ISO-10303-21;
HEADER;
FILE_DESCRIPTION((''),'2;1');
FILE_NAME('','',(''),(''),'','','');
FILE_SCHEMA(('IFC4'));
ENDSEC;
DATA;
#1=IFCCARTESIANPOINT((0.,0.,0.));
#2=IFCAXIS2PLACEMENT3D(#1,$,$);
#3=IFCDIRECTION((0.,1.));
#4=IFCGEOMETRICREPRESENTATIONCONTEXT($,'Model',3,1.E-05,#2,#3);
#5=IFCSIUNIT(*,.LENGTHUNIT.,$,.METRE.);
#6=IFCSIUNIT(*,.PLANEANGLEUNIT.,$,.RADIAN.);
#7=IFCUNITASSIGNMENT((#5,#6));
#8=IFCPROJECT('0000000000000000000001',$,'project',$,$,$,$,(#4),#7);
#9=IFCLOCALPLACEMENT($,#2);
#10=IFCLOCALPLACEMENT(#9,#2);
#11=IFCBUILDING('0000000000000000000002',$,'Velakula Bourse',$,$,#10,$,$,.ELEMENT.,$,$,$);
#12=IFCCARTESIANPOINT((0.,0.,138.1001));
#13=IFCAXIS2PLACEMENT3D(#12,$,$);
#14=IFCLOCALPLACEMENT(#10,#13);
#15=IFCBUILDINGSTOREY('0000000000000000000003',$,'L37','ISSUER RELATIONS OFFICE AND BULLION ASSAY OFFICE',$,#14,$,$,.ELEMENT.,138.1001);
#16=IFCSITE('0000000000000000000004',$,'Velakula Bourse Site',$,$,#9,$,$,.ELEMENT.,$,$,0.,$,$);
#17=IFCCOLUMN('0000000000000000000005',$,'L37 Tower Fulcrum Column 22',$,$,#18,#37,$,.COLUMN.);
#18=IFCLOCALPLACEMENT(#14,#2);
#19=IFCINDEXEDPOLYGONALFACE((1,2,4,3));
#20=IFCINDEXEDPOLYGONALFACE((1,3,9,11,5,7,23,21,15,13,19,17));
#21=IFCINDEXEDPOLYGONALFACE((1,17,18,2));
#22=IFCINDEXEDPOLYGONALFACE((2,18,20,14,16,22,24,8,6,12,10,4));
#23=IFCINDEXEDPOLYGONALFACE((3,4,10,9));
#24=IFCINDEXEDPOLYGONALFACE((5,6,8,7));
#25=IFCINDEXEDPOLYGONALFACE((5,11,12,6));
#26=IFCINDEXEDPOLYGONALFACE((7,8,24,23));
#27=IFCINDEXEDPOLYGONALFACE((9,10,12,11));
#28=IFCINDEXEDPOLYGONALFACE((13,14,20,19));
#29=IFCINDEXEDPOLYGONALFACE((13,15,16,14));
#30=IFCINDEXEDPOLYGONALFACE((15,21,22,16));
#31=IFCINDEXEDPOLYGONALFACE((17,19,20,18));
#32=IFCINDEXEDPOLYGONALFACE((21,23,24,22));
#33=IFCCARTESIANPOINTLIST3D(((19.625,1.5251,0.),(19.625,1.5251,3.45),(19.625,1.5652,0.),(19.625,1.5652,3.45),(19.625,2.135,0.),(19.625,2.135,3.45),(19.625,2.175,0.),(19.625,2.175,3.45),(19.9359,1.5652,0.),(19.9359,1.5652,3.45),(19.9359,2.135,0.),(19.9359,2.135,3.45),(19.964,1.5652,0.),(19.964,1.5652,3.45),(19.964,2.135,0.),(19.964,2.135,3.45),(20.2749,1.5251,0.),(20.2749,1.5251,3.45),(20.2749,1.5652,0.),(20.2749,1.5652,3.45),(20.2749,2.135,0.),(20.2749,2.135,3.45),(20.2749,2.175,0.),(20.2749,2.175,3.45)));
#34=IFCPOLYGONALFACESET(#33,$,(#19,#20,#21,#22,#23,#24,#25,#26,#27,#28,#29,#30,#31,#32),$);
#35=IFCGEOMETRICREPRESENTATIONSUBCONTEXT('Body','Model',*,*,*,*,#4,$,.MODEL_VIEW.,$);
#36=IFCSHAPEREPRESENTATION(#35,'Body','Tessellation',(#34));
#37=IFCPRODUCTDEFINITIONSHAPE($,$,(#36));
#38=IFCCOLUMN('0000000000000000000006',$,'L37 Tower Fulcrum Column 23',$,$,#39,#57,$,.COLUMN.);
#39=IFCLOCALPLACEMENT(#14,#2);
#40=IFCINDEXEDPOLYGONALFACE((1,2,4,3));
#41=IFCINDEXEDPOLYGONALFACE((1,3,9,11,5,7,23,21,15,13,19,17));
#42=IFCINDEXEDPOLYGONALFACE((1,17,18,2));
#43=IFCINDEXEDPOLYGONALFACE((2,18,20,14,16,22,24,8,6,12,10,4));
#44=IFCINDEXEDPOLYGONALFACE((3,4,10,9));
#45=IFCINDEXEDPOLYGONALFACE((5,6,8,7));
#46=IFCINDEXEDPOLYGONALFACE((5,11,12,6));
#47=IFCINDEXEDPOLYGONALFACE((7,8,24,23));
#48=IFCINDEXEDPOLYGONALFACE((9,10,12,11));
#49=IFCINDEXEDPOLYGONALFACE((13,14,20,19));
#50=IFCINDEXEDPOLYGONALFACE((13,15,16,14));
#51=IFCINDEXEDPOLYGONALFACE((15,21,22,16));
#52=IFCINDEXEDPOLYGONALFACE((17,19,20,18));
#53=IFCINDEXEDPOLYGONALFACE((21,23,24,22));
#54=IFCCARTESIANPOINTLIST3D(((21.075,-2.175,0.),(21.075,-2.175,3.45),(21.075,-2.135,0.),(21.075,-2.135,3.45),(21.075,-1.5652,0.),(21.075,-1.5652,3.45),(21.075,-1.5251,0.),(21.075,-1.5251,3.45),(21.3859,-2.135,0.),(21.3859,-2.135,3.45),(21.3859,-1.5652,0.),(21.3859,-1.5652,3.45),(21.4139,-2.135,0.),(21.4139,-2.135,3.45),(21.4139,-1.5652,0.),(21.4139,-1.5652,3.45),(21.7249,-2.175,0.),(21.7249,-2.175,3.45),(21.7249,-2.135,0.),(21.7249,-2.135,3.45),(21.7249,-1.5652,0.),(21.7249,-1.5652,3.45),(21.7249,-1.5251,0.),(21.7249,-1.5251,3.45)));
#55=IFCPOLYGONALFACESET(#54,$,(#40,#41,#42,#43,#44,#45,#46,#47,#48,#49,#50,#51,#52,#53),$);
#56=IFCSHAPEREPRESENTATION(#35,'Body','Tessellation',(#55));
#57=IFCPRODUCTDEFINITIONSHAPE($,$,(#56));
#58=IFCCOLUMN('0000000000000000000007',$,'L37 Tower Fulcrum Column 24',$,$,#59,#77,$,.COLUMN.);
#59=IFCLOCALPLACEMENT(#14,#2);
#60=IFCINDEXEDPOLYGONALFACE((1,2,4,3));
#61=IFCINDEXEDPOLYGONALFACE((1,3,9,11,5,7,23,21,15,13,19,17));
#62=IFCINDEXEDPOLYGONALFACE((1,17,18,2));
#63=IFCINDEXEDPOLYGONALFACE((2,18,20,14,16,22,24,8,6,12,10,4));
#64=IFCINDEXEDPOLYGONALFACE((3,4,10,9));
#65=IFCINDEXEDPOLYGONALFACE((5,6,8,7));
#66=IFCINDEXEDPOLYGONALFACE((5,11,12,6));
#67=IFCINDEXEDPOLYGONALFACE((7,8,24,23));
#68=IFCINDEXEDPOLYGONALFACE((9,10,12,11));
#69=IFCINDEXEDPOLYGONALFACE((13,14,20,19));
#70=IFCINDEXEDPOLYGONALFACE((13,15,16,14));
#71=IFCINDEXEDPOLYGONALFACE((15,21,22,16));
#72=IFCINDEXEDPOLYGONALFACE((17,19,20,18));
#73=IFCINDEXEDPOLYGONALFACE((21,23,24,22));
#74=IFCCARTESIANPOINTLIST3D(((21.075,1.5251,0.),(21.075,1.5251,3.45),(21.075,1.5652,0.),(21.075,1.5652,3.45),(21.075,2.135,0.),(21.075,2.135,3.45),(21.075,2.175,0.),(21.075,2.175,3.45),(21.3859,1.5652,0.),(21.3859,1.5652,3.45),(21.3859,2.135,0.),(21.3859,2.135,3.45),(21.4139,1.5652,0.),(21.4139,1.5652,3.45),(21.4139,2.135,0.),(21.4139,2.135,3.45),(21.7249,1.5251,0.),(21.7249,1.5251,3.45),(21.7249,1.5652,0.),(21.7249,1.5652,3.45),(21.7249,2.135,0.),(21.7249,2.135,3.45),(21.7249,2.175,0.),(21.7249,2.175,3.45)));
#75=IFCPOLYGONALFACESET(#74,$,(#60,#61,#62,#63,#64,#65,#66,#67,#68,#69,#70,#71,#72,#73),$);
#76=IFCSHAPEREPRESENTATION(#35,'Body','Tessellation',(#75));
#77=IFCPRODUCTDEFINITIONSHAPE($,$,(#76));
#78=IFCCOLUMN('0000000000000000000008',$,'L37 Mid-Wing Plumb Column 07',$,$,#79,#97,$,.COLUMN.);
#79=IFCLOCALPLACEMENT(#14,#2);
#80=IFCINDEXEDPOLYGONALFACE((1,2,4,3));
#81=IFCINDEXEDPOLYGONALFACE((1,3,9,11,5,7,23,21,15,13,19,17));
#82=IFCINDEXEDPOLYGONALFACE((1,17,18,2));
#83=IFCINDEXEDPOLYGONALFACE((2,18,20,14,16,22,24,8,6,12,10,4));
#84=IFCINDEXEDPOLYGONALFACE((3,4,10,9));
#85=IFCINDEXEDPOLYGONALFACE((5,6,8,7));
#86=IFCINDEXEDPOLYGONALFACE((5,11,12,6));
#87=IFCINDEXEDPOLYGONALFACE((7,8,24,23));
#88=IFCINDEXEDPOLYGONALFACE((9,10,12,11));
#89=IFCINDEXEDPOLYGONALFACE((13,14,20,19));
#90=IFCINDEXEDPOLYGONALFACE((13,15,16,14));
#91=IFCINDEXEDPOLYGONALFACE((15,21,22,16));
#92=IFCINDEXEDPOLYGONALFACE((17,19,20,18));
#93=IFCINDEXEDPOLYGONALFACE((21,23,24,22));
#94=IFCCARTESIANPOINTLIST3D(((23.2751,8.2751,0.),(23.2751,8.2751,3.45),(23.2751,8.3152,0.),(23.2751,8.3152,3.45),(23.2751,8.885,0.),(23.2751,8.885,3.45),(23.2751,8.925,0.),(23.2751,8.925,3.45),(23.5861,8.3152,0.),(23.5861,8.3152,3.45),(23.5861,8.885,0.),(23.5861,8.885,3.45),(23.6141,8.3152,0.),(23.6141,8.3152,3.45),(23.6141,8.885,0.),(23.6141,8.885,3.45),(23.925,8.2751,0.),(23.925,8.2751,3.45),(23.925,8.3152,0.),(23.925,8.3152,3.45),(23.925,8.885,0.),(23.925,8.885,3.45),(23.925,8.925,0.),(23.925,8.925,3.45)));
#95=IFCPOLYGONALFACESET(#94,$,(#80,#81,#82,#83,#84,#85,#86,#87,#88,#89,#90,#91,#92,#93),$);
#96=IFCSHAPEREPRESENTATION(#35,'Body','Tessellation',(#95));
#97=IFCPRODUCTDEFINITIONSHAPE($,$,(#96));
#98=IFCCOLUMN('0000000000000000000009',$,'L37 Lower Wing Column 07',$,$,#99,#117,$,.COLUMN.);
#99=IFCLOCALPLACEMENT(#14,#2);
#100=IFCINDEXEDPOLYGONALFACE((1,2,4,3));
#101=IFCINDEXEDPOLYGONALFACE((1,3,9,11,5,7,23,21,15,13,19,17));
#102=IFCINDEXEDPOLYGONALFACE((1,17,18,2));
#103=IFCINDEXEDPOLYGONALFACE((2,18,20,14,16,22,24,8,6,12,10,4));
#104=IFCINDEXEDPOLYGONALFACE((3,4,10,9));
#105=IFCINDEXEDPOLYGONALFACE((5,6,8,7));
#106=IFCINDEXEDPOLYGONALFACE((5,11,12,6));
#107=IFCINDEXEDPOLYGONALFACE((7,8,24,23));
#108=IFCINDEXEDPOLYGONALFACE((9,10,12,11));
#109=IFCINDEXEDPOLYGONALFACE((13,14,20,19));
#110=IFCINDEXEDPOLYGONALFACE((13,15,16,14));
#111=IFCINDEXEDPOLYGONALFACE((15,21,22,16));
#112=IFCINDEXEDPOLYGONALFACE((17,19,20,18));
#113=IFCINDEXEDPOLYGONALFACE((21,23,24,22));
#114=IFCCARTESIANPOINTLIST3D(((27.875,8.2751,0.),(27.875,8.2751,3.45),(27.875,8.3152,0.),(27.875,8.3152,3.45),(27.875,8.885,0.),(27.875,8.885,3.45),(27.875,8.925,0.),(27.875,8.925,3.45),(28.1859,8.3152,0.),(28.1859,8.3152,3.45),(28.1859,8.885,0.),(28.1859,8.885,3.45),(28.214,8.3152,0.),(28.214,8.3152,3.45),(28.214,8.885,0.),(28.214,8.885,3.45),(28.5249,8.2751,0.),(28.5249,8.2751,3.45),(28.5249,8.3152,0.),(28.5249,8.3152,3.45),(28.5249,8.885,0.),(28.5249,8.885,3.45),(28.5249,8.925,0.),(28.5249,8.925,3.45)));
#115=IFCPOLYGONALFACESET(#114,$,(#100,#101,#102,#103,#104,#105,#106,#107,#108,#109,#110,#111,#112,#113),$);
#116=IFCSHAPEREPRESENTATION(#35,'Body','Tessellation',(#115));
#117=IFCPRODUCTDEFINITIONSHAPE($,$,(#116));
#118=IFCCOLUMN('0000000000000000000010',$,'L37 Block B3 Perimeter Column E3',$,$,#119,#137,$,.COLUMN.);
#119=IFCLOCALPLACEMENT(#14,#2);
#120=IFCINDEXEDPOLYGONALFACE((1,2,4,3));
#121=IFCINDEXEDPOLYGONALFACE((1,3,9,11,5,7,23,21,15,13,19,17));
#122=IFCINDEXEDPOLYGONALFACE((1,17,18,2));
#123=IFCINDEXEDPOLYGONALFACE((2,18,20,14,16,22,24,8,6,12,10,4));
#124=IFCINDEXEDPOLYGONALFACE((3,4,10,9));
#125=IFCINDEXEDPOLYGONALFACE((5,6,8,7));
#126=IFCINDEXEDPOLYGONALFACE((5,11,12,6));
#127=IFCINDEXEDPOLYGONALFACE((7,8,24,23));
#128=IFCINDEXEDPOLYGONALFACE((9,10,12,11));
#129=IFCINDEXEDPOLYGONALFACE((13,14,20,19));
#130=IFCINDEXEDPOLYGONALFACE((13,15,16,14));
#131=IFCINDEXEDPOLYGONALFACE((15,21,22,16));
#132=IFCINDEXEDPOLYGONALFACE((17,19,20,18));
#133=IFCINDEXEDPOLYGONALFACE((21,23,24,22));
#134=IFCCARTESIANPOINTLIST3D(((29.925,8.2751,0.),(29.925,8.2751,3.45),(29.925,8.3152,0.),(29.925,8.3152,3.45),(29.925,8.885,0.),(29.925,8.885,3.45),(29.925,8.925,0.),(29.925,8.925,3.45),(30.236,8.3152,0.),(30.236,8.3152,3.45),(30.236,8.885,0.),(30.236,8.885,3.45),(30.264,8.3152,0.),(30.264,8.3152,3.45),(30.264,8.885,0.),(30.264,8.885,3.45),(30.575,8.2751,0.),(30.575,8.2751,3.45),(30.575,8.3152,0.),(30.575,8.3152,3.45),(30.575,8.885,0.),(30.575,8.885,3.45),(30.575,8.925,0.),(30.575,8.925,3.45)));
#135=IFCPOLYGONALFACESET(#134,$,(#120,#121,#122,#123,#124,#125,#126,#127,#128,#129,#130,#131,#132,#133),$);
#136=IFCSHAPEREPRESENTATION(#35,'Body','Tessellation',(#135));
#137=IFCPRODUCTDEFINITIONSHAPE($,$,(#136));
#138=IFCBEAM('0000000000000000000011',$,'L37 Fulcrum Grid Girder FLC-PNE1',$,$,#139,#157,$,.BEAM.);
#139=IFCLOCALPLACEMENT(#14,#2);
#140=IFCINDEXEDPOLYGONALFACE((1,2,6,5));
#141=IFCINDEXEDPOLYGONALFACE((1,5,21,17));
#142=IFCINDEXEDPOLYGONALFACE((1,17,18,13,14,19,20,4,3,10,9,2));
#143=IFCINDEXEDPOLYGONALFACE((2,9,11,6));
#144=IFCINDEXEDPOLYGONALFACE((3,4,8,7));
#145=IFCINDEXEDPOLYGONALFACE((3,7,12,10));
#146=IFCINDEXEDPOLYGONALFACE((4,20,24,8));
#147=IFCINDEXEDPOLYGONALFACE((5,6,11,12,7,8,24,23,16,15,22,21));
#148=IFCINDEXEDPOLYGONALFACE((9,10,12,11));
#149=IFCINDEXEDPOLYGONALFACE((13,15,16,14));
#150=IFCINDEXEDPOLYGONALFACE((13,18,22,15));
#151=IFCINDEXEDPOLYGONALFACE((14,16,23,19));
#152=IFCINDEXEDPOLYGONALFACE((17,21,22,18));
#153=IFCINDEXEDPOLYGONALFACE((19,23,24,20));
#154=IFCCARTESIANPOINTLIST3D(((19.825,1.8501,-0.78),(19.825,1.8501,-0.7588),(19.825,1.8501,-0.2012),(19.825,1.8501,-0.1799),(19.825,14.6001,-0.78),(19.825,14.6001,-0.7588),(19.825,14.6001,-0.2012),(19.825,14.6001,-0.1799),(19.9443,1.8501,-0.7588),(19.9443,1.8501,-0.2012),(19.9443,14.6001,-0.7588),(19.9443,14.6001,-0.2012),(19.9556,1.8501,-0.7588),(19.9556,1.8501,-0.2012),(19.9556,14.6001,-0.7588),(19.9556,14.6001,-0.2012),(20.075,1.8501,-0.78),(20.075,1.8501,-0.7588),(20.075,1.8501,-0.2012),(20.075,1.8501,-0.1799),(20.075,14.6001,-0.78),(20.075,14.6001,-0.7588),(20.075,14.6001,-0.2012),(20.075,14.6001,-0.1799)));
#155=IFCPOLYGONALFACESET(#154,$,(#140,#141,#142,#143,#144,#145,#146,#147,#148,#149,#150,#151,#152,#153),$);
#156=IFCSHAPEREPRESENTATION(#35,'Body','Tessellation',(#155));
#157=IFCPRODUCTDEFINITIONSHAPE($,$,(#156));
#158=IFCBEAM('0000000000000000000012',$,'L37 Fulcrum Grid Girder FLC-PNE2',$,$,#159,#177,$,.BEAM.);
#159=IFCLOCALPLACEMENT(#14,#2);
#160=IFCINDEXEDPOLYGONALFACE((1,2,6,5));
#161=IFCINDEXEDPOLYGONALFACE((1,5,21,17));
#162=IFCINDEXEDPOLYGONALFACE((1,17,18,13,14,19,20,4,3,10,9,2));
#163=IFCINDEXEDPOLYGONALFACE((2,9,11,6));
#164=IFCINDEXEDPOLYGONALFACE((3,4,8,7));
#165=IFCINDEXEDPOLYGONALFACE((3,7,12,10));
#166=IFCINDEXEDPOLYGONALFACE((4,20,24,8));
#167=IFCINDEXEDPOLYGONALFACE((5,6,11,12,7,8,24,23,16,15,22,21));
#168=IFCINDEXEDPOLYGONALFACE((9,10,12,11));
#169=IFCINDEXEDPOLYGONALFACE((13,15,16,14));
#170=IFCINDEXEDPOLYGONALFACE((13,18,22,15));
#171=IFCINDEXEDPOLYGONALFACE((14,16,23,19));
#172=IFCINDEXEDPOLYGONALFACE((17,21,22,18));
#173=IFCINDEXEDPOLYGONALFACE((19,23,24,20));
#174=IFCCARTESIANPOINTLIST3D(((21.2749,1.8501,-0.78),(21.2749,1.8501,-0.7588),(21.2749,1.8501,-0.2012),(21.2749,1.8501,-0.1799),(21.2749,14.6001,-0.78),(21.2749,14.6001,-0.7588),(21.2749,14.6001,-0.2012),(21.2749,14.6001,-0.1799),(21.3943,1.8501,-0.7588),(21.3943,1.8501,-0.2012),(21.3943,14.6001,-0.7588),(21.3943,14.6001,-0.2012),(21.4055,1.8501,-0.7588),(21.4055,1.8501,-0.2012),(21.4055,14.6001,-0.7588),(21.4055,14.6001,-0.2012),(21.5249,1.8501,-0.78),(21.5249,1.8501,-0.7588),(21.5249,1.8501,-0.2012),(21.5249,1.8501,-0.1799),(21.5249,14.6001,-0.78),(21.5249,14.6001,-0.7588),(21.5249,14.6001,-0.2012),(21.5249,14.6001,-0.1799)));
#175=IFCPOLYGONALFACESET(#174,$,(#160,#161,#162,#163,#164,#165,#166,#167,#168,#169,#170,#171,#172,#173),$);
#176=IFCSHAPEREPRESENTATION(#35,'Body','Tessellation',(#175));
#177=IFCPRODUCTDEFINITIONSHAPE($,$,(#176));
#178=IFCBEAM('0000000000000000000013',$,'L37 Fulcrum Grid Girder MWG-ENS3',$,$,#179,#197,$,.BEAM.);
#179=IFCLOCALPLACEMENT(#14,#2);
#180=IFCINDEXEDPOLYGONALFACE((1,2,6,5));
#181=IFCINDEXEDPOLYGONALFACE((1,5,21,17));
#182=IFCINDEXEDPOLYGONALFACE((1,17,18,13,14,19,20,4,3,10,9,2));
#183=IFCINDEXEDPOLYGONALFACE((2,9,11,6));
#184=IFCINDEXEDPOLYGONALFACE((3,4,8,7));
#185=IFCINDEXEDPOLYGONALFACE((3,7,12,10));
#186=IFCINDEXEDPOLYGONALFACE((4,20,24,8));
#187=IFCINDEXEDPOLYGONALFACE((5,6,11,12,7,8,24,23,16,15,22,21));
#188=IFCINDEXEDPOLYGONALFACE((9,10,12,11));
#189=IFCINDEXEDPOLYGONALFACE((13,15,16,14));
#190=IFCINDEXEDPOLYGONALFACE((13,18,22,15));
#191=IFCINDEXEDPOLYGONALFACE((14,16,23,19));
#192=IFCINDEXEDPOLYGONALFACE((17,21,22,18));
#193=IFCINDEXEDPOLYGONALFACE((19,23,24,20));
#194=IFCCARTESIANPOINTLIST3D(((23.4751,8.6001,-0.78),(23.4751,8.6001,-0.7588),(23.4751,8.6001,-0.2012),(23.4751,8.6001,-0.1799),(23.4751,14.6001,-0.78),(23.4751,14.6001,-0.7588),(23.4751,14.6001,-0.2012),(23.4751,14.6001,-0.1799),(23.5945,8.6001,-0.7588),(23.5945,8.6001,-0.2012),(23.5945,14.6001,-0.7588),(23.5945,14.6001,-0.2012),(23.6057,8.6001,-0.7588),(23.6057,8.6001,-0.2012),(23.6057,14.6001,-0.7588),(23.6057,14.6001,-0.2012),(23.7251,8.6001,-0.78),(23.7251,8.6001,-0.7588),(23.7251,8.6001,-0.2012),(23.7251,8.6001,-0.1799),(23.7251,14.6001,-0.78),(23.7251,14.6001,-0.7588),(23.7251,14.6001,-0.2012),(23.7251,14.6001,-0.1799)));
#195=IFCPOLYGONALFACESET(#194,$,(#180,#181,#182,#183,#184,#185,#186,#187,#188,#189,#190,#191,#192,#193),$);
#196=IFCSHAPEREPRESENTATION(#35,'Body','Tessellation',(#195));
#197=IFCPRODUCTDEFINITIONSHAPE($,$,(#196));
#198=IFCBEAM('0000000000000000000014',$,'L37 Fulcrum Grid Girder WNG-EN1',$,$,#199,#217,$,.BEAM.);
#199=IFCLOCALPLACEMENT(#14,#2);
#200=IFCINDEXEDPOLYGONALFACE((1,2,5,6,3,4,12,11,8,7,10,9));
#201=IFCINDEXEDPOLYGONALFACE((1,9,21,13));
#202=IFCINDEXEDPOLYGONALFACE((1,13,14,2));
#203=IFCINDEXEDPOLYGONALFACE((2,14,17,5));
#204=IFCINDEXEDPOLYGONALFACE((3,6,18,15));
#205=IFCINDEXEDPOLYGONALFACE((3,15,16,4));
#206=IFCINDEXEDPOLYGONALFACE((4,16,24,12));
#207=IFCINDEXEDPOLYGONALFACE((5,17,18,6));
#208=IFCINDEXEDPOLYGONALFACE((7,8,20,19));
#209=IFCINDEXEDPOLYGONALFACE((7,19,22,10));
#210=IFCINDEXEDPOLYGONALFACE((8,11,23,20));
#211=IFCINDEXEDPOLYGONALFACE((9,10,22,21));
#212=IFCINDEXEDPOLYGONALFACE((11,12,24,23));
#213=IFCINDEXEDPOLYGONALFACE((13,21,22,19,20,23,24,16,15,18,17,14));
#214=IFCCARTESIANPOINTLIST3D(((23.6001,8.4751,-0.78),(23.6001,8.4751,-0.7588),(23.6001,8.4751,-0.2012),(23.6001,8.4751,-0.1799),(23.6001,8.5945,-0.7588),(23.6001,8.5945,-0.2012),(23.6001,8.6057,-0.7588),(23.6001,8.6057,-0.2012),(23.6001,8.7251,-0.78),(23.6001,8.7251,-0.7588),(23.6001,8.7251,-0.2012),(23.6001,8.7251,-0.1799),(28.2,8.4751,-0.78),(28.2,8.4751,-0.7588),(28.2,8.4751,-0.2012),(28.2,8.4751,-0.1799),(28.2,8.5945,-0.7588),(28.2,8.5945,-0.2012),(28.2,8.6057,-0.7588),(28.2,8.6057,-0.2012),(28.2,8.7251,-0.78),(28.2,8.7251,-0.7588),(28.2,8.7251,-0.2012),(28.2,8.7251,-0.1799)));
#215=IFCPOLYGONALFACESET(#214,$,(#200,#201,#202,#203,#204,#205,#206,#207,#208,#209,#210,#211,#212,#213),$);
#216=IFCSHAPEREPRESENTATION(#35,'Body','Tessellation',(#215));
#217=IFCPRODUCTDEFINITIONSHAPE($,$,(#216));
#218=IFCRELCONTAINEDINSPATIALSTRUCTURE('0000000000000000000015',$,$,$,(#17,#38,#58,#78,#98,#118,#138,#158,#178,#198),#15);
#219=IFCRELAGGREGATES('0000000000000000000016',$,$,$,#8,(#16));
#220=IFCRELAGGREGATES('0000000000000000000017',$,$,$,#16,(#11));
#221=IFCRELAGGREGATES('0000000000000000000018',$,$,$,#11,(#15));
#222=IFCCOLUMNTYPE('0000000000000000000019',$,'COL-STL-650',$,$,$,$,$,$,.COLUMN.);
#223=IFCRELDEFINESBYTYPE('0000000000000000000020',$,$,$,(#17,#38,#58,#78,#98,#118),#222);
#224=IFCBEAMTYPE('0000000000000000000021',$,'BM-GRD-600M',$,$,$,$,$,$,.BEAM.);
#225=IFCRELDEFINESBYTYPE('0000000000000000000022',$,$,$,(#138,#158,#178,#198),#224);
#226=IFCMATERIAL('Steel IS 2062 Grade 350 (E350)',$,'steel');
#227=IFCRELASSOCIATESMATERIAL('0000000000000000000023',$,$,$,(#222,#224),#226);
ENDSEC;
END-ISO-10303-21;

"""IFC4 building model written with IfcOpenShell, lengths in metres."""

from ifc_helpers import new_model, si_unit, direction, frame, origin, origin_2d, place, context, subcontext, project, spatial, i_section, extrude, material, material_profile, profile_set, type_object, element, save


model = new_model("IFC4")

# Units and contexts
model_context = context("Model", 3, precision=1e-05, world=origin(), true_north=direction((0.0, 1.0)))
body_context = subcontext(model_context, "Body", "Model", "MODEL_VIEW")
ifc_project = project(units=[si_unit("LENGTHUNIT", "METRE"), si_unit("PLANEANGLEUNIT", "RADIAN")], contexts=[model_context])

# Site, building, storey
site_placement = place(None, origin())
site = spatial("IfcSite", under=ifc_project, at=site_placement, Name="Velakula Bourse Site", CompositionType="ELEMENT", RefElevation=0.0)
building_placement = place(site_placement, origin())
building = spatial("IfcBuilding", under=site, at=building_placement, Name="Velakula Bourse", CompositionType="ELEMENT")
storey_placement = place(building_placement, frame((0.0, 0.0, 138.1001)))
storey = spatial("IfcBuildingStorey", under=building, at=storey_placement, Name="L37", Description="ISSUER RELATIONS OFFICE AND BULLION ASSAY OFFICE", CompositionType="ELEMENT", Elevation=138.1001)

# Columns
ifc_material_1 = material(Name="Steel IS 2062 Grade 350 (E350)", Category="steel")
ifc_material_profile_1 = material_profile(ifc_material_1, i_section(OverallWidth=0.6499, OverallDepth=0.6499, WebThickness=0.0281, FlangeThickness=0.04, at=origin_2d()), Name="Steel IS 2062 Grade 350 (E350)")
ifc_profile_set_1 = profile_set([ifc_material_profile_1], Name="Steel IS 2062 Grade 350 (E350)")
column_type = type_object("IfcColumnType", Name="COL-STL-650", PredefinedType="COLUMN", material=ifc_profile_set_1)
for number, where, z_axis, x_axis, name in (
    (1, (19.95, 1.8501, 0.0), (0.0, 0.0, 1.0), (1.0, 0.0, 0.0), "L37 Tower Fulcrum Column 22"),
    (2, (21.3999, -1.8501, 0.0), (0.0, 0.0, 1.0), (1.0, 0.0, 0.0), "L37 Tower Fulcrum Column 23"),
    (3, (21.3999, 1.8501, 0.0), (0.0, 0.0, 1.0), (1.0, 0.0, 0.0), "L37 Tower Fulcrum Column 24"),
    (4, (23.6001, 8.6001, 0.0), (0.0, 0.0, 1.0), (1.0, 0.0, 0.0), "L37 Mid-Wing Plumb Column 07"),
    (5, (28.2, 8.6001, 0.0), (0.0, 0.0, 1.0), (1.0, 0.0, 0.0), "L37 Lower Wing Column 07"),
    (6, (30.25, 8.6001, 0.0), (0.0, 0.0, 1.0), (1.0, 0.0, 0.0), "L37 Block B3 Perimeter Column E3"),
):
    element("IfcColumn", number, at=place(storey_placement, frame(where, z_axis=z_axis, x_axis=x_axis)), inside=storey, type_object=column_type, Name=name, PredefinedType="COLUMN", context=body_context, shape_type="SweptSolid", body=[
        extrude(i_section(OverallWidth=0.6499, OverallDepth=0.6499, WebThickness=0.0281, FlangeThickness=0.04, at=origin_2d()), origin(), (0.0, 0.0, 1.0), 3.45),
    ])

# Beams
ifc_material_profile_2 = material_profile(ifc_material_1, i_section(OverallWidth=0.25, OverallDepth=0.6001, WebThickness=0.0112, FlangeThickness=0.0212, at=origin_2d()), Name="Steel IS 2062 Grade 350 (E350)")
ifc_profile_set_2 = profile_set([ifc_material_profile_2], Name="Steel IS 2062 Grade 350 (E350)")
beam_type_1 = type_object("IfcBeamType", Name="BM-GRD-600M", PredefinedType="BEAM", material=ifc_profile_set_2)
for number, where, z_axis, x_axis, name in (
    (7, (19.95, 1.8501, -0.48), (0.0, 1.0, 0.0), (-1.0, 0.0, 0.0), "L37 Fulcrum Grid Girder FLC-PNE1"),
    (8, (21.3999, 1.8501, -0.48), (0.0, 1.0, 0.0), (-1.0, 0.0, 0.0), "L37 Fulcrum Grid Girder FLC-PNE2"),
):
    element("IfcBeam", number, at=place(storey_placement, frame(where, z_axis=z_axis, x_axis=x_axis)), inside=storey, type_object=beam_type_1, Name=name, PredefinedType="BEAM", context=body_context, shape_type="SweptSolid", body=[
        extrude(i_section(OverallWidth=0.25, OverallDepth=0.6001, WebThickness=0.0112, FlangeThickness=0.0212, at=origin_2d()), origin(), (0.0, 0.0, 1.0), 12.75),
    ])
beam_1_placement = place(storey_placement, frame((23.6001, 8.6001, -0.48), z_axis=(0.0, 1.0, 0.0), x_axis=(-1.0, 0.0, 0.0)))
element("IfcBeam", 9, at=beam_1_placement, inside=storey, type_object=beam_type_1, Name="L37 Fulcrum Grid Girder MWG-ENS3", PredefinedType="BEAM", context=body_context, shape_type="SweptSolid", body=[
    extrude(i_section(OverallWidth=0.25, OverallDepth=0.6001, WebThickness=0.0112, FlangeThickness=0.0212, at=origin_2d()), origin(), (0.0, 0.0, 1.0), 6.0),
])
beam_2_placement = place(storey_placement, frame((23.6001, 8.6001, -0.48), z_axis=(1.0, 0.0, 0.0), x_axis=(0.0, 1.0, 0.0)))
element("IfcBeam", 10, at=beam_2_placement, inside=storey, type_object=beam_type_1, Name="L37 Fulcrum Grid Girder WNG-EN1", PredefinedType="BEAM", context=body_context, shape_type="SweptSolid", body=[
    extrude(i_section(OverallWidth=0.25, OverallDepth=0.6001, WebThickness=0.0112, FlangeThickness=0.0212, at=origin_2d()), origin(), (0.0, 0.0, 1.0), 4.5999),
])

save(model, "model.ifc")
